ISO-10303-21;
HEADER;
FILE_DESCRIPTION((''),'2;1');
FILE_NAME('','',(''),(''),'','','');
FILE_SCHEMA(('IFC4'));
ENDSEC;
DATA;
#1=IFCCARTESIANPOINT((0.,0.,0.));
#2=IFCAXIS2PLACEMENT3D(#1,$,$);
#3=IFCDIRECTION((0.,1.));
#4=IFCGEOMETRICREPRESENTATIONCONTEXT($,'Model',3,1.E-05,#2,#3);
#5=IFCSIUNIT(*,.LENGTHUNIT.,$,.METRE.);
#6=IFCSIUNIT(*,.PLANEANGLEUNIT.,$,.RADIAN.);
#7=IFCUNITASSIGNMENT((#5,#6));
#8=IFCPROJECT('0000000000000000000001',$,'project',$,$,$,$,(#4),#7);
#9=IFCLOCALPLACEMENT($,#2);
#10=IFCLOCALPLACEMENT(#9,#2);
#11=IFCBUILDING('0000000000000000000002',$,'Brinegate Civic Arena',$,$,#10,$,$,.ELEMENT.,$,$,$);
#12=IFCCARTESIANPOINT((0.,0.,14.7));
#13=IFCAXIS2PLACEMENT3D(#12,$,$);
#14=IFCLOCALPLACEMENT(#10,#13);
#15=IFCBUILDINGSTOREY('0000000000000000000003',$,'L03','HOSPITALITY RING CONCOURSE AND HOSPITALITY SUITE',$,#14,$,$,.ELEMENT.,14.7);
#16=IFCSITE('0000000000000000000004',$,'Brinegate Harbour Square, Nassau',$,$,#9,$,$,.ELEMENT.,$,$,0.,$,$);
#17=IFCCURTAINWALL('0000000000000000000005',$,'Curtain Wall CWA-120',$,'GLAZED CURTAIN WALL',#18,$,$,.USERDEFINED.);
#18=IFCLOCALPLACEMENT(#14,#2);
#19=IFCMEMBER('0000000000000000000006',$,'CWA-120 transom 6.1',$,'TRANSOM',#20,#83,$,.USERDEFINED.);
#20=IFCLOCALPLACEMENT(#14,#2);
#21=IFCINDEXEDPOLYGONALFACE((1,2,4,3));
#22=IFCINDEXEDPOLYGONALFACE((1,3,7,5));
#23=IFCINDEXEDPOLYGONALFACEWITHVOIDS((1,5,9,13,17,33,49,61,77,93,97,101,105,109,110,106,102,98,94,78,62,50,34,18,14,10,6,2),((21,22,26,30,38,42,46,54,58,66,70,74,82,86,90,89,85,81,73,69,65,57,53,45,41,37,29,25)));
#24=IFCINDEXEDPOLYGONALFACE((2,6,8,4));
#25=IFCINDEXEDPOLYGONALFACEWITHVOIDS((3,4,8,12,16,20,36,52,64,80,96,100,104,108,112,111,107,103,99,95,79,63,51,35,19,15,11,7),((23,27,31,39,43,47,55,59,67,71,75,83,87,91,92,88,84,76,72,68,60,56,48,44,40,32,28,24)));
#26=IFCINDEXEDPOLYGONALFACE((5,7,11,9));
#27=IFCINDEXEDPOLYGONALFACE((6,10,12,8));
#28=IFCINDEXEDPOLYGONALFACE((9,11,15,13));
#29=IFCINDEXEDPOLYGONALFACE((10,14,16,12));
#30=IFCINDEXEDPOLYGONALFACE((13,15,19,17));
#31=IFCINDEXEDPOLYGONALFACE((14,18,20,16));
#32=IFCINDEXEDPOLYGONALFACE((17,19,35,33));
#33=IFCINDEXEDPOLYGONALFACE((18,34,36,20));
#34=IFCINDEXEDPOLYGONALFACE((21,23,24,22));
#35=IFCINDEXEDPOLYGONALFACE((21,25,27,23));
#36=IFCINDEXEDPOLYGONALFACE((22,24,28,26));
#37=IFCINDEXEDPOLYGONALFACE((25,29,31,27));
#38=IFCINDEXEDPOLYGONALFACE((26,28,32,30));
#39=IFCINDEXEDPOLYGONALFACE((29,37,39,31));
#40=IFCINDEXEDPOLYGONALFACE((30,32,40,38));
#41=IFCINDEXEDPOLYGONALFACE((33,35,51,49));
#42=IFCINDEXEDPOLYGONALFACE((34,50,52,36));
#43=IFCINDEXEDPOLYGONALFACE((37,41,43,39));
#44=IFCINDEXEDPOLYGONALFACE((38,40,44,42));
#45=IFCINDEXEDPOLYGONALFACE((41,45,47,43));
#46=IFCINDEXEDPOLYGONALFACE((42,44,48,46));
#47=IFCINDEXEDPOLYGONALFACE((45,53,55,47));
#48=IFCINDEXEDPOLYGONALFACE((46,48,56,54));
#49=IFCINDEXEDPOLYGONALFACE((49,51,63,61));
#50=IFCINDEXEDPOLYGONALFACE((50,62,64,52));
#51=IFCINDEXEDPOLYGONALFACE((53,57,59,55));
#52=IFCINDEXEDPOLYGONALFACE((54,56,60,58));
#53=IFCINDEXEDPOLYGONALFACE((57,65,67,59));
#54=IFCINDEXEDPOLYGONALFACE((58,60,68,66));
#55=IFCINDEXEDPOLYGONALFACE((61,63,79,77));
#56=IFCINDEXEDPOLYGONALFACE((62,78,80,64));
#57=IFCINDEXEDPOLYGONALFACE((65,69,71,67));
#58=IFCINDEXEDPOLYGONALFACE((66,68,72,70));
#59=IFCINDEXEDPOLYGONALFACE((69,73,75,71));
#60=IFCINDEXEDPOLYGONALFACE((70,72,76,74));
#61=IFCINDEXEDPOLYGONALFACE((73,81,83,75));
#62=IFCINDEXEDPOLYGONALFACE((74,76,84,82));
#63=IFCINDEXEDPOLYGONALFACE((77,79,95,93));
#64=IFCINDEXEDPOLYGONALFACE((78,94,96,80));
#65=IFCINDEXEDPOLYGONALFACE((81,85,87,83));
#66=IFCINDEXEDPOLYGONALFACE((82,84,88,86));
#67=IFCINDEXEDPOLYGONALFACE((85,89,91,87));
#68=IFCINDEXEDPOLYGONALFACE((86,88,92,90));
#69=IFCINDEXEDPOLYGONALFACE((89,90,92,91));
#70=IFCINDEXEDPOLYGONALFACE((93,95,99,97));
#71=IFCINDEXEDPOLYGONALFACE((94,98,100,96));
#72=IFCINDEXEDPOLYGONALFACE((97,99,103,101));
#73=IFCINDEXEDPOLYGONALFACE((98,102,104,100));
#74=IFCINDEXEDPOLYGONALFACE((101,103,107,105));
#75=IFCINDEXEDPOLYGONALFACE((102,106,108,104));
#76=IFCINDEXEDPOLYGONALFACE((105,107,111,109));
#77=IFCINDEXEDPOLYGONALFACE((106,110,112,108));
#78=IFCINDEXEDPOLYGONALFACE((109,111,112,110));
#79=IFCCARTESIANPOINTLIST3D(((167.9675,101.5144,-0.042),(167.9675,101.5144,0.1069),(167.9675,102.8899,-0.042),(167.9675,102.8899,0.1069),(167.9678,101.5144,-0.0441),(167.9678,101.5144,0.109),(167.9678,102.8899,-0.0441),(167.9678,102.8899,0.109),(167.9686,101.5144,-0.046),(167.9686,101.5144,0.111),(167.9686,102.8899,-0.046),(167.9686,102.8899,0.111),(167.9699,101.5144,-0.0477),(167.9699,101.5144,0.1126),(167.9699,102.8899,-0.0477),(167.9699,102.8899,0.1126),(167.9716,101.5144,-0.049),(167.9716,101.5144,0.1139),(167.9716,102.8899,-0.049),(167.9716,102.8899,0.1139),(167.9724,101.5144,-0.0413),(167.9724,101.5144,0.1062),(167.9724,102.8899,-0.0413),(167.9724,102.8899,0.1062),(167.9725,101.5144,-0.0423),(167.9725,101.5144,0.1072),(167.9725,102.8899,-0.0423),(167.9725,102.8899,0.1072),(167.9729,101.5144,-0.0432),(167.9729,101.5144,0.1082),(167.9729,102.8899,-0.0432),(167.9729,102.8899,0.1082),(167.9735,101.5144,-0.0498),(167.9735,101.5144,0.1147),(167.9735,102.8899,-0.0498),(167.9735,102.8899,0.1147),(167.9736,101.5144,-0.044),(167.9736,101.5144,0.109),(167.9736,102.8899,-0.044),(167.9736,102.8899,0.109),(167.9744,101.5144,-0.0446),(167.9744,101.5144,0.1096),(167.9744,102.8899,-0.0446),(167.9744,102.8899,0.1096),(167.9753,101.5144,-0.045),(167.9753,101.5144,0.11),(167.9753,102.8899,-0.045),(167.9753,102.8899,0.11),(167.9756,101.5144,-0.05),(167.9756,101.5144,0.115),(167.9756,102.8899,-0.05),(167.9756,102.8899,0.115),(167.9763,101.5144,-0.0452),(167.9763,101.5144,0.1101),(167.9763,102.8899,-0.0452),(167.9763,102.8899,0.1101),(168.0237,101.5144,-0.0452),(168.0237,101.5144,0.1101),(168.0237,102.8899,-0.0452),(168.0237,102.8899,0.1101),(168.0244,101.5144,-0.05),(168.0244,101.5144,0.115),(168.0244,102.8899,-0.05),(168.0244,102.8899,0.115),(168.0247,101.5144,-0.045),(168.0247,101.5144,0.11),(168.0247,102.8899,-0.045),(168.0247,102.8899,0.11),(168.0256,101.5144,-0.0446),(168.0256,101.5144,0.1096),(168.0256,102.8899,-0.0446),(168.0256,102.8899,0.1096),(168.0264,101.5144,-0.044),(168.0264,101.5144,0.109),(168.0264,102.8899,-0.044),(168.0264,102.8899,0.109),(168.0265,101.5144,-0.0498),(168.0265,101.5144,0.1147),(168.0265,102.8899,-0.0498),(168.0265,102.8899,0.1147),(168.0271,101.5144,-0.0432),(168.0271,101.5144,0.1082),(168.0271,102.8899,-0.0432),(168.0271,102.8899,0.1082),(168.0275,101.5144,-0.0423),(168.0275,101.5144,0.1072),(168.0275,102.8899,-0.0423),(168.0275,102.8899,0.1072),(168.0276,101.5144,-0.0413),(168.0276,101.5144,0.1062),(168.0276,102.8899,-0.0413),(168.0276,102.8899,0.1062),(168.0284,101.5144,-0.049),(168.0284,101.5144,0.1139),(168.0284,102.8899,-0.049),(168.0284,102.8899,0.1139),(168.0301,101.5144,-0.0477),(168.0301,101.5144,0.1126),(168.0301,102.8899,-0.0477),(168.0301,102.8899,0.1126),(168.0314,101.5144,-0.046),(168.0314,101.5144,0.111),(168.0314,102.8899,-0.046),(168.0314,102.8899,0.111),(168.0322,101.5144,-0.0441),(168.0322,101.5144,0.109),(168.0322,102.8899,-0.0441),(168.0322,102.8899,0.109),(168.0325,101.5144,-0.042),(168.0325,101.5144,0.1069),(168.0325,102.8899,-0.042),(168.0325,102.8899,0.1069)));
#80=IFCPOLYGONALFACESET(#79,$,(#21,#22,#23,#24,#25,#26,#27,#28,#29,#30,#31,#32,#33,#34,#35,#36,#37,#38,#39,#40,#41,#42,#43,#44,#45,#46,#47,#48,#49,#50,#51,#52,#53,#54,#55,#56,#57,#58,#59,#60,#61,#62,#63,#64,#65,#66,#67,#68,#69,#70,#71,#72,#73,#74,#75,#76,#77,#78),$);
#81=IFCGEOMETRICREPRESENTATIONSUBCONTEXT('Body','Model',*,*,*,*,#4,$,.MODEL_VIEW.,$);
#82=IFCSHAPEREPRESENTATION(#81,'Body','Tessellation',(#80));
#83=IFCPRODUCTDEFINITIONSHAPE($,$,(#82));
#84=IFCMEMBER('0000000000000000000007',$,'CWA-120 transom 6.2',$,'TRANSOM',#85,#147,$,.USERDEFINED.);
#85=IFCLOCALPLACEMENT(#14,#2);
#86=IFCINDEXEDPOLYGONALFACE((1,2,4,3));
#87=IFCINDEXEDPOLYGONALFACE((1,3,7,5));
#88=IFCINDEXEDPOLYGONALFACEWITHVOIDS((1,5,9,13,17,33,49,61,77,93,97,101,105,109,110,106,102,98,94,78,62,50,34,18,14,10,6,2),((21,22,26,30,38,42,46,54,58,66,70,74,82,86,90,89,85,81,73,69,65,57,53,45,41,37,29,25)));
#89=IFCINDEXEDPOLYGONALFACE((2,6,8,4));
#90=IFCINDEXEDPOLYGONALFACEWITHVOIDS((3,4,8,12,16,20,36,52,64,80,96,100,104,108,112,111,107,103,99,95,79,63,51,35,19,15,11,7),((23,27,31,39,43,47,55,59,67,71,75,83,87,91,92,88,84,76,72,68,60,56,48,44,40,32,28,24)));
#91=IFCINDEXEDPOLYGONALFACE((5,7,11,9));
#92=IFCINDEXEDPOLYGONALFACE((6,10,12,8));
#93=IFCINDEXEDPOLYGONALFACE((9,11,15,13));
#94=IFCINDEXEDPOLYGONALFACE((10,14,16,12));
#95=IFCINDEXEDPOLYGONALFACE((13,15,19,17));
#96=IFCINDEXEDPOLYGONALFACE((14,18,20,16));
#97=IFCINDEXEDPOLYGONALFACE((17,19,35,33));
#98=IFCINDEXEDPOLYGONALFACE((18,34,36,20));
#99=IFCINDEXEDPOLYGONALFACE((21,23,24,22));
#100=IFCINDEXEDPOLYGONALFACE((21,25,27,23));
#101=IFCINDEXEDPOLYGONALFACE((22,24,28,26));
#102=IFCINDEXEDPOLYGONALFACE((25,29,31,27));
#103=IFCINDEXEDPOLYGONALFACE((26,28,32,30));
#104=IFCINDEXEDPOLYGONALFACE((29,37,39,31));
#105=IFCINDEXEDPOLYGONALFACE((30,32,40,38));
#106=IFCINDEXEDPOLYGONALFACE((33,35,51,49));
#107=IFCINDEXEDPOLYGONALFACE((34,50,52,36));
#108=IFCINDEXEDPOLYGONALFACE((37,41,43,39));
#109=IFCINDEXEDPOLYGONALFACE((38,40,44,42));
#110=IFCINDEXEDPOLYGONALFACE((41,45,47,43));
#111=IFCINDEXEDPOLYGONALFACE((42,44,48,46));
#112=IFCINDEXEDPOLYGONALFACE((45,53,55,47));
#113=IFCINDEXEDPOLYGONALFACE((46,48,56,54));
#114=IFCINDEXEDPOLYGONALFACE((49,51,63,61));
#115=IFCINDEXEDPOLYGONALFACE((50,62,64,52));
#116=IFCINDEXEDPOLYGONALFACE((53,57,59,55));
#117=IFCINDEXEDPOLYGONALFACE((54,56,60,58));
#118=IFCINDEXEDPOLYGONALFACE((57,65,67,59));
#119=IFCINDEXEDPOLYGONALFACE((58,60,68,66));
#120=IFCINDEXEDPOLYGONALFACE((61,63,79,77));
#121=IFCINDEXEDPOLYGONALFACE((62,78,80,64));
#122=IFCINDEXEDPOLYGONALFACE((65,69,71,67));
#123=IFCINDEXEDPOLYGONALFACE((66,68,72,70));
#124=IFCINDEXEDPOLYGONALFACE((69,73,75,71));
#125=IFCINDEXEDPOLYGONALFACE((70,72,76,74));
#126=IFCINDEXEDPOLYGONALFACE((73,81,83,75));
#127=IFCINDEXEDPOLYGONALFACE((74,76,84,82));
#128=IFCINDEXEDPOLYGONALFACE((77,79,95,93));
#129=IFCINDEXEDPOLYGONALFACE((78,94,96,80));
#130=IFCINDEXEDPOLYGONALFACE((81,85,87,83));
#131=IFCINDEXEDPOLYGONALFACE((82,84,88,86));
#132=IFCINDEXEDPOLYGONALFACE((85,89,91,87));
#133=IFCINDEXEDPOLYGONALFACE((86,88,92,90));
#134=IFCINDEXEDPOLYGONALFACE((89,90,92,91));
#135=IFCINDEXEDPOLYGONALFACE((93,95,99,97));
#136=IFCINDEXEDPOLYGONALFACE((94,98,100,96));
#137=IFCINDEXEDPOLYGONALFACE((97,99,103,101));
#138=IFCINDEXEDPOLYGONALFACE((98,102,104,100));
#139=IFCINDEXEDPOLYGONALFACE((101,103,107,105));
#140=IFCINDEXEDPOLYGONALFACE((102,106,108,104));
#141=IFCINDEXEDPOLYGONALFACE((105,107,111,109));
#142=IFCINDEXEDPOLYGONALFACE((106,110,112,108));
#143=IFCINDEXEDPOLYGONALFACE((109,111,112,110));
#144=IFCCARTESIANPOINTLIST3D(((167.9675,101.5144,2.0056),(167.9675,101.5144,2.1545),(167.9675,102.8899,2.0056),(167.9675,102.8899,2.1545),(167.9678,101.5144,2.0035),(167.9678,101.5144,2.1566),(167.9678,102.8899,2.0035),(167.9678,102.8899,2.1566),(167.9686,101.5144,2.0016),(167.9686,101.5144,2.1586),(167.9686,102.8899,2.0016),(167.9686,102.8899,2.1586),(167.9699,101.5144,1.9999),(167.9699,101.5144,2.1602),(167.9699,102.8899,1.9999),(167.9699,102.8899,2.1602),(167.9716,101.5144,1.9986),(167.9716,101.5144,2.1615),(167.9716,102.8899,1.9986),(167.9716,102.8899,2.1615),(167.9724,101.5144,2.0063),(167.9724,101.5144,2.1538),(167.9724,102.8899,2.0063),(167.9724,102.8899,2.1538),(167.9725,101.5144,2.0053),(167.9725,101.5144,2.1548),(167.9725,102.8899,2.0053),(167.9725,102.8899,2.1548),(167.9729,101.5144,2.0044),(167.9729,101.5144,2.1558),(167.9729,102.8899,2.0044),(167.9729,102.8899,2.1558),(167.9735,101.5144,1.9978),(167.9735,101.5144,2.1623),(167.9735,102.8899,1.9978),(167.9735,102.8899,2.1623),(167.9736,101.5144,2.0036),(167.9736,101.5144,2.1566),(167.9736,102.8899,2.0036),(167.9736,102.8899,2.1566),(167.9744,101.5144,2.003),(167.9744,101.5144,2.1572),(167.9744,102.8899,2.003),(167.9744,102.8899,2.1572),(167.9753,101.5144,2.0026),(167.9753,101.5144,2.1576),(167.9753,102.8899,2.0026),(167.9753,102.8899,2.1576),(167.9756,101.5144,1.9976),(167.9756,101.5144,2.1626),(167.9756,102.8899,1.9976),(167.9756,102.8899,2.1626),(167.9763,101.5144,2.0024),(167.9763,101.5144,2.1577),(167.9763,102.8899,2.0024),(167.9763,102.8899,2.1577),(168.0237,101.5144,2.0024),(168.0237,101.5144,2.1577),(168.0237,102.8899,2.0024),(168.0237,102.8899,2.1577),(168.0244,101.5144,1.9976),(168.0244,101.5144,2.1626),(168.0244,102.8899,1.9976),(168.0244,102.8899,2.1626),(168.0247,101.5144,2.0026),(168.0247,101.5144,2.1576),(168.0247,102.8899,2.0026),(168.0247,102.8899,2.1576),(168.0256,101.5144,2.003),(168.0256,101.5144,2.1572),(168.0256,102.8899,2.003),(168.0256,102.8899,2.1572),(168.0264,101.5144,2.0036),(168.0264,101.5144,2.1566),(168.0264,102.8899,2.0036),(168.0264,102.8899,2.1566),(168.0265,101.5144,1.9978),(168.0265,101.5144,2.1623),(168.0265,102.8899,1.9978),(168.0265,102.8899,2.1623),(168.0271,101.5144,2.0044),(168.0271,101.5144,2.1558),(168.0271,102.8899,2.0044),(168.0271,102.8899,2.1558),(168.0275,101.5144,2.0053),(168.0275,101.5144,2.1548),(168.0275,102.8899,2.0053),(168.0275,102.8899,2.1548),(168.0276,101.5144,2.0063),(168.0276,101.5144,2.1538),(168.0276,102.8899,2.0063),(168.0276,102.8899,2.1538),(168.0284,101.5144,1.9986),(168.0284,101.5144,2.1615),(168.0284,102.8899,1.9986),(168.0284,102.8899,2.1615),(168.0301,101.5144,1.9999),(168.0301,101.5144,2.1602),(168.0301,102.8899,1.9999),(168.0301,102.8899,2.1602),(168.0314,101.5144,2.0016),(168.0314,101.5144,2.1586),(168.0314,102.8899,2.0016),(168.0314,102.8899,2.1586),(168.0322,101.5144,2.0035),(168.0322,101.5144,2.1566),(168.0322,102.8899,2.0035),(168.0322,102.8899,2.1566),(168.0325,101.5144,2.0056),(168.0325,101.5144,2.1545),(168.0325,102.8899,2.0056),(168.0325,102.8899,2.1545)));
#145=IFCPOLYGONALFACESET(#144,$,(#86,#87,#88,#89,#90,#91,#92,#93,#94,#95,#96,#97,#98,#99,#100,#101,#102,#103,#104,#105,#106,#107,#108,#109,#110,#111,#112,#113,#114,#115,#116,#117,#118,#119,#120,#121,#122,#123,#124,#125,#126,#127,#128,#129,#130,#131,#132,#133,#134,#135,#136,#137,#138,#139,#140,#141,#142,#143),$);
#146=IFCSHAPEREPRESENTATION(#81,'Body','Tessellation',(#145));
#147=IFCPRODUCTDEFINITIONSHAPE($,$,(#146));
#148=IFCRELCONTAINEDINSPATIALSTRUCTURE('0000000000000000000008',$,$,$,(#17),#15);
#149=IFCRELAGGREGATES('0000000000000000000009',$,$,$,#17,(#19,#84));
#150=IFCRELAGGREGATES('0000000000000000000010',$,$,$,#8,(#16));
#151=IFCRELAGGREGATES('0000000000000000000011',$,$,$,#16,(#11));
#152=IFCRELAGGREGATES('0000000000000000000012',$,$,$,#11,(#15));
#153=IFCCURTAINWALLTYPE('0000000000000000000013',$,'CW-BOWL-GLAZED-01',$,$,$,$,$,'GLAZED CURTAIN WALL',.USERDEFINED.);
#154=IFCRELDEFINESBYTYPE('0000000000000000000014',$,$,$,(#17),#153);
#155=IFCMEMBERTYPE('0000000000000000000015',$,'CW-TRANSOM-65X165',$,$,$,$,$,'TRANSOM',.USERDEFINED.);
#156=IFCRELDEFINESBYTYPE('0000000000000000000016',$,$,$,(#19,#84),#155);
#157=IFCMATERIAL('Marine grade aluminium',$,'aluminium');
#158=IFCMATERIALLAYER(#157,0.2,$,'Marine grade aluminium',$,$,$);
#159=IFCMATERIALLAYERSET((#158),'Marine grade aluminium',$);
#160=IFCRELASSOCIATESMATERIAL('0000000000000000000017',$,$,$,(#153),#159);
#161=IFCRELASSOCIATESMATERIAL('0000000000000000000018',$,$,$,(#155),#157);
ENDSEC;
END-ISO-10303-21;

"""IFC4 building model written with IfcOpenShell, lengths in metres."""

from ifc_helpers import new_model, si_unit, direction, frame, origin, origin_2d, place, context, subcontext, project, spatial, hollow_rectangle, extrude, material, layer, layer_set, material_profile, profile_set, type_object, element, aggregate, save


model = new_model("IFC4")

# Units and contexts
model_context = context("Model", 3, precision=1e-05, world=origin(), true_north=direction((0.0, 1.0)))
body_context = subcontext(model_context, "Body", "Model", "MODEL_VIEW")
ifc_project = project(units=[si_unit("LENGTHUNIT", "METRE"), si_unit("PLANEANGLEUNIT", "RADIAN")], contexts=[model_context])

# Site, building, storey
site_placement = place(None, origin())
site = spatial("IfcSite", under=ifc_project, at=site_placement, Name="Brinegate Harbour Square, Nassau", CompositionType="ELEMENT", RefElevation=0.0)
building_placement = place(site_placement, origin())
building = spatial("IfcBuilding", under=site, at=building_placement, Name="Brinegate Civic Arena", CompositionType="ELEMENT")
storey_placement = place(building_placement, frame((0.0, 0.0, 14.7)))
storey = spatial("IfcBuildingStorey", under=building, at=storey_placement, Name="L03", Description="HOSPITALITY RING CONCOURSE AND HOSPITALITY SUITE", CompositionType="ELEMENT", Elevation=14.7)

# Curtain wall, members
ifc_material_1 = material(Name="Marine grade aluminium", Category="aluminium")
ifc_layer_1 = layer(ifc_material_1, 0.2, Name="Marine grade aluminium")
ifc_layer_set_1 = layer_set([ifc_layer_1], Name="Marine grade aluminium")
curtain_wall_type = type_object("IfcCurtainWallType", Name="CW-BOWL-GLAZED-01", ElementType="GLAZED CURTAIN WALL", PredefinedType="USERDEFINED", material=ifc_layer_set_1)
curtain_wall_placement = place(storey_placement, origin())
curtain_wall = element("IfcCurtainWall", 1, at=curtain_wall_placement, inside=storey, type_object=curtain_wall_type, Name="Curtain Wall CWA-120", ObjectType="GLAZED CURTAIN WALL", PredefinedType="USERDEFINED")
ifc_material_profile_1 = material_profile(ifc_material_1, hollow_rectangle(XDim=0.0649, YDim=0.165, WallThickness=0.0049, InnerFilletRadius=0.0039, OuterFilletRadius=0.0081, at=origin_2d()), Name="TRN65X165")
ifc_profile_set_1 = profile_set([ifc_material_profile_1], Name="Marine grade aluminium")
member_type_1 = type_object("IfcMemberType", Name="CW-TRANSOM-65X165", ElementType="TRANSOM", PredefinedType="USERDEFINED", material=ifc_profile_set_1)
member_1_placement = place(storey_placement, frame((168.0, 101.5144, 0.0325), z_axis=(0.0, 1.0, 0.0), x_axis=(-1.0, 0.0, 0.0)))
member_1 = element("IfcMember", 2, at=member_1_placement, type_object=member_type_1, Name="CWA-120 transom 6.1", ObjectType="TRANSOM", PredefinedType="USERDEFINED", context=body_context, shape_type="SweptSolid", body=[
    extrude(hollow_rectangle(XDim=0.0649, YDim=0.165, WallThickness=0.0049, InnerFilletRadius=0.0039, OuterFilletRadius=0.0081, at=origin_2d()), origin(), (0.0, 0.0, 1.0), 1.3755),
])
member_2_placement = place(storey_placement, frame((168.0, 101.5144, 2.0801), z_axis=(0.0, 1.0, 0.0), x_axis=(-1.0, 0.0, 0.0)))
member_2 = element("IfcMember", 3, at=member_2_placement, type_object=member_type_1, Name="CWA-120 transom 6.2", ObjectType="TRANSOM", PredefinedType="USERDEFINED", context=body_context, shape_type="SweptSolid", body=[
    extrude(hollow_rectangle(XDim=0.0649, YDim=0.165, WallThickness=0.0049, InnerFilletRadius=0.0039, OuterFilletRadius=0.0081, at=origin_2d()), origin(), (0.0, 0.0, 1.0), 1.3755),
])

aggregate(curtain_wall, [member_1, member_2])

save(model, "model.ifc")
